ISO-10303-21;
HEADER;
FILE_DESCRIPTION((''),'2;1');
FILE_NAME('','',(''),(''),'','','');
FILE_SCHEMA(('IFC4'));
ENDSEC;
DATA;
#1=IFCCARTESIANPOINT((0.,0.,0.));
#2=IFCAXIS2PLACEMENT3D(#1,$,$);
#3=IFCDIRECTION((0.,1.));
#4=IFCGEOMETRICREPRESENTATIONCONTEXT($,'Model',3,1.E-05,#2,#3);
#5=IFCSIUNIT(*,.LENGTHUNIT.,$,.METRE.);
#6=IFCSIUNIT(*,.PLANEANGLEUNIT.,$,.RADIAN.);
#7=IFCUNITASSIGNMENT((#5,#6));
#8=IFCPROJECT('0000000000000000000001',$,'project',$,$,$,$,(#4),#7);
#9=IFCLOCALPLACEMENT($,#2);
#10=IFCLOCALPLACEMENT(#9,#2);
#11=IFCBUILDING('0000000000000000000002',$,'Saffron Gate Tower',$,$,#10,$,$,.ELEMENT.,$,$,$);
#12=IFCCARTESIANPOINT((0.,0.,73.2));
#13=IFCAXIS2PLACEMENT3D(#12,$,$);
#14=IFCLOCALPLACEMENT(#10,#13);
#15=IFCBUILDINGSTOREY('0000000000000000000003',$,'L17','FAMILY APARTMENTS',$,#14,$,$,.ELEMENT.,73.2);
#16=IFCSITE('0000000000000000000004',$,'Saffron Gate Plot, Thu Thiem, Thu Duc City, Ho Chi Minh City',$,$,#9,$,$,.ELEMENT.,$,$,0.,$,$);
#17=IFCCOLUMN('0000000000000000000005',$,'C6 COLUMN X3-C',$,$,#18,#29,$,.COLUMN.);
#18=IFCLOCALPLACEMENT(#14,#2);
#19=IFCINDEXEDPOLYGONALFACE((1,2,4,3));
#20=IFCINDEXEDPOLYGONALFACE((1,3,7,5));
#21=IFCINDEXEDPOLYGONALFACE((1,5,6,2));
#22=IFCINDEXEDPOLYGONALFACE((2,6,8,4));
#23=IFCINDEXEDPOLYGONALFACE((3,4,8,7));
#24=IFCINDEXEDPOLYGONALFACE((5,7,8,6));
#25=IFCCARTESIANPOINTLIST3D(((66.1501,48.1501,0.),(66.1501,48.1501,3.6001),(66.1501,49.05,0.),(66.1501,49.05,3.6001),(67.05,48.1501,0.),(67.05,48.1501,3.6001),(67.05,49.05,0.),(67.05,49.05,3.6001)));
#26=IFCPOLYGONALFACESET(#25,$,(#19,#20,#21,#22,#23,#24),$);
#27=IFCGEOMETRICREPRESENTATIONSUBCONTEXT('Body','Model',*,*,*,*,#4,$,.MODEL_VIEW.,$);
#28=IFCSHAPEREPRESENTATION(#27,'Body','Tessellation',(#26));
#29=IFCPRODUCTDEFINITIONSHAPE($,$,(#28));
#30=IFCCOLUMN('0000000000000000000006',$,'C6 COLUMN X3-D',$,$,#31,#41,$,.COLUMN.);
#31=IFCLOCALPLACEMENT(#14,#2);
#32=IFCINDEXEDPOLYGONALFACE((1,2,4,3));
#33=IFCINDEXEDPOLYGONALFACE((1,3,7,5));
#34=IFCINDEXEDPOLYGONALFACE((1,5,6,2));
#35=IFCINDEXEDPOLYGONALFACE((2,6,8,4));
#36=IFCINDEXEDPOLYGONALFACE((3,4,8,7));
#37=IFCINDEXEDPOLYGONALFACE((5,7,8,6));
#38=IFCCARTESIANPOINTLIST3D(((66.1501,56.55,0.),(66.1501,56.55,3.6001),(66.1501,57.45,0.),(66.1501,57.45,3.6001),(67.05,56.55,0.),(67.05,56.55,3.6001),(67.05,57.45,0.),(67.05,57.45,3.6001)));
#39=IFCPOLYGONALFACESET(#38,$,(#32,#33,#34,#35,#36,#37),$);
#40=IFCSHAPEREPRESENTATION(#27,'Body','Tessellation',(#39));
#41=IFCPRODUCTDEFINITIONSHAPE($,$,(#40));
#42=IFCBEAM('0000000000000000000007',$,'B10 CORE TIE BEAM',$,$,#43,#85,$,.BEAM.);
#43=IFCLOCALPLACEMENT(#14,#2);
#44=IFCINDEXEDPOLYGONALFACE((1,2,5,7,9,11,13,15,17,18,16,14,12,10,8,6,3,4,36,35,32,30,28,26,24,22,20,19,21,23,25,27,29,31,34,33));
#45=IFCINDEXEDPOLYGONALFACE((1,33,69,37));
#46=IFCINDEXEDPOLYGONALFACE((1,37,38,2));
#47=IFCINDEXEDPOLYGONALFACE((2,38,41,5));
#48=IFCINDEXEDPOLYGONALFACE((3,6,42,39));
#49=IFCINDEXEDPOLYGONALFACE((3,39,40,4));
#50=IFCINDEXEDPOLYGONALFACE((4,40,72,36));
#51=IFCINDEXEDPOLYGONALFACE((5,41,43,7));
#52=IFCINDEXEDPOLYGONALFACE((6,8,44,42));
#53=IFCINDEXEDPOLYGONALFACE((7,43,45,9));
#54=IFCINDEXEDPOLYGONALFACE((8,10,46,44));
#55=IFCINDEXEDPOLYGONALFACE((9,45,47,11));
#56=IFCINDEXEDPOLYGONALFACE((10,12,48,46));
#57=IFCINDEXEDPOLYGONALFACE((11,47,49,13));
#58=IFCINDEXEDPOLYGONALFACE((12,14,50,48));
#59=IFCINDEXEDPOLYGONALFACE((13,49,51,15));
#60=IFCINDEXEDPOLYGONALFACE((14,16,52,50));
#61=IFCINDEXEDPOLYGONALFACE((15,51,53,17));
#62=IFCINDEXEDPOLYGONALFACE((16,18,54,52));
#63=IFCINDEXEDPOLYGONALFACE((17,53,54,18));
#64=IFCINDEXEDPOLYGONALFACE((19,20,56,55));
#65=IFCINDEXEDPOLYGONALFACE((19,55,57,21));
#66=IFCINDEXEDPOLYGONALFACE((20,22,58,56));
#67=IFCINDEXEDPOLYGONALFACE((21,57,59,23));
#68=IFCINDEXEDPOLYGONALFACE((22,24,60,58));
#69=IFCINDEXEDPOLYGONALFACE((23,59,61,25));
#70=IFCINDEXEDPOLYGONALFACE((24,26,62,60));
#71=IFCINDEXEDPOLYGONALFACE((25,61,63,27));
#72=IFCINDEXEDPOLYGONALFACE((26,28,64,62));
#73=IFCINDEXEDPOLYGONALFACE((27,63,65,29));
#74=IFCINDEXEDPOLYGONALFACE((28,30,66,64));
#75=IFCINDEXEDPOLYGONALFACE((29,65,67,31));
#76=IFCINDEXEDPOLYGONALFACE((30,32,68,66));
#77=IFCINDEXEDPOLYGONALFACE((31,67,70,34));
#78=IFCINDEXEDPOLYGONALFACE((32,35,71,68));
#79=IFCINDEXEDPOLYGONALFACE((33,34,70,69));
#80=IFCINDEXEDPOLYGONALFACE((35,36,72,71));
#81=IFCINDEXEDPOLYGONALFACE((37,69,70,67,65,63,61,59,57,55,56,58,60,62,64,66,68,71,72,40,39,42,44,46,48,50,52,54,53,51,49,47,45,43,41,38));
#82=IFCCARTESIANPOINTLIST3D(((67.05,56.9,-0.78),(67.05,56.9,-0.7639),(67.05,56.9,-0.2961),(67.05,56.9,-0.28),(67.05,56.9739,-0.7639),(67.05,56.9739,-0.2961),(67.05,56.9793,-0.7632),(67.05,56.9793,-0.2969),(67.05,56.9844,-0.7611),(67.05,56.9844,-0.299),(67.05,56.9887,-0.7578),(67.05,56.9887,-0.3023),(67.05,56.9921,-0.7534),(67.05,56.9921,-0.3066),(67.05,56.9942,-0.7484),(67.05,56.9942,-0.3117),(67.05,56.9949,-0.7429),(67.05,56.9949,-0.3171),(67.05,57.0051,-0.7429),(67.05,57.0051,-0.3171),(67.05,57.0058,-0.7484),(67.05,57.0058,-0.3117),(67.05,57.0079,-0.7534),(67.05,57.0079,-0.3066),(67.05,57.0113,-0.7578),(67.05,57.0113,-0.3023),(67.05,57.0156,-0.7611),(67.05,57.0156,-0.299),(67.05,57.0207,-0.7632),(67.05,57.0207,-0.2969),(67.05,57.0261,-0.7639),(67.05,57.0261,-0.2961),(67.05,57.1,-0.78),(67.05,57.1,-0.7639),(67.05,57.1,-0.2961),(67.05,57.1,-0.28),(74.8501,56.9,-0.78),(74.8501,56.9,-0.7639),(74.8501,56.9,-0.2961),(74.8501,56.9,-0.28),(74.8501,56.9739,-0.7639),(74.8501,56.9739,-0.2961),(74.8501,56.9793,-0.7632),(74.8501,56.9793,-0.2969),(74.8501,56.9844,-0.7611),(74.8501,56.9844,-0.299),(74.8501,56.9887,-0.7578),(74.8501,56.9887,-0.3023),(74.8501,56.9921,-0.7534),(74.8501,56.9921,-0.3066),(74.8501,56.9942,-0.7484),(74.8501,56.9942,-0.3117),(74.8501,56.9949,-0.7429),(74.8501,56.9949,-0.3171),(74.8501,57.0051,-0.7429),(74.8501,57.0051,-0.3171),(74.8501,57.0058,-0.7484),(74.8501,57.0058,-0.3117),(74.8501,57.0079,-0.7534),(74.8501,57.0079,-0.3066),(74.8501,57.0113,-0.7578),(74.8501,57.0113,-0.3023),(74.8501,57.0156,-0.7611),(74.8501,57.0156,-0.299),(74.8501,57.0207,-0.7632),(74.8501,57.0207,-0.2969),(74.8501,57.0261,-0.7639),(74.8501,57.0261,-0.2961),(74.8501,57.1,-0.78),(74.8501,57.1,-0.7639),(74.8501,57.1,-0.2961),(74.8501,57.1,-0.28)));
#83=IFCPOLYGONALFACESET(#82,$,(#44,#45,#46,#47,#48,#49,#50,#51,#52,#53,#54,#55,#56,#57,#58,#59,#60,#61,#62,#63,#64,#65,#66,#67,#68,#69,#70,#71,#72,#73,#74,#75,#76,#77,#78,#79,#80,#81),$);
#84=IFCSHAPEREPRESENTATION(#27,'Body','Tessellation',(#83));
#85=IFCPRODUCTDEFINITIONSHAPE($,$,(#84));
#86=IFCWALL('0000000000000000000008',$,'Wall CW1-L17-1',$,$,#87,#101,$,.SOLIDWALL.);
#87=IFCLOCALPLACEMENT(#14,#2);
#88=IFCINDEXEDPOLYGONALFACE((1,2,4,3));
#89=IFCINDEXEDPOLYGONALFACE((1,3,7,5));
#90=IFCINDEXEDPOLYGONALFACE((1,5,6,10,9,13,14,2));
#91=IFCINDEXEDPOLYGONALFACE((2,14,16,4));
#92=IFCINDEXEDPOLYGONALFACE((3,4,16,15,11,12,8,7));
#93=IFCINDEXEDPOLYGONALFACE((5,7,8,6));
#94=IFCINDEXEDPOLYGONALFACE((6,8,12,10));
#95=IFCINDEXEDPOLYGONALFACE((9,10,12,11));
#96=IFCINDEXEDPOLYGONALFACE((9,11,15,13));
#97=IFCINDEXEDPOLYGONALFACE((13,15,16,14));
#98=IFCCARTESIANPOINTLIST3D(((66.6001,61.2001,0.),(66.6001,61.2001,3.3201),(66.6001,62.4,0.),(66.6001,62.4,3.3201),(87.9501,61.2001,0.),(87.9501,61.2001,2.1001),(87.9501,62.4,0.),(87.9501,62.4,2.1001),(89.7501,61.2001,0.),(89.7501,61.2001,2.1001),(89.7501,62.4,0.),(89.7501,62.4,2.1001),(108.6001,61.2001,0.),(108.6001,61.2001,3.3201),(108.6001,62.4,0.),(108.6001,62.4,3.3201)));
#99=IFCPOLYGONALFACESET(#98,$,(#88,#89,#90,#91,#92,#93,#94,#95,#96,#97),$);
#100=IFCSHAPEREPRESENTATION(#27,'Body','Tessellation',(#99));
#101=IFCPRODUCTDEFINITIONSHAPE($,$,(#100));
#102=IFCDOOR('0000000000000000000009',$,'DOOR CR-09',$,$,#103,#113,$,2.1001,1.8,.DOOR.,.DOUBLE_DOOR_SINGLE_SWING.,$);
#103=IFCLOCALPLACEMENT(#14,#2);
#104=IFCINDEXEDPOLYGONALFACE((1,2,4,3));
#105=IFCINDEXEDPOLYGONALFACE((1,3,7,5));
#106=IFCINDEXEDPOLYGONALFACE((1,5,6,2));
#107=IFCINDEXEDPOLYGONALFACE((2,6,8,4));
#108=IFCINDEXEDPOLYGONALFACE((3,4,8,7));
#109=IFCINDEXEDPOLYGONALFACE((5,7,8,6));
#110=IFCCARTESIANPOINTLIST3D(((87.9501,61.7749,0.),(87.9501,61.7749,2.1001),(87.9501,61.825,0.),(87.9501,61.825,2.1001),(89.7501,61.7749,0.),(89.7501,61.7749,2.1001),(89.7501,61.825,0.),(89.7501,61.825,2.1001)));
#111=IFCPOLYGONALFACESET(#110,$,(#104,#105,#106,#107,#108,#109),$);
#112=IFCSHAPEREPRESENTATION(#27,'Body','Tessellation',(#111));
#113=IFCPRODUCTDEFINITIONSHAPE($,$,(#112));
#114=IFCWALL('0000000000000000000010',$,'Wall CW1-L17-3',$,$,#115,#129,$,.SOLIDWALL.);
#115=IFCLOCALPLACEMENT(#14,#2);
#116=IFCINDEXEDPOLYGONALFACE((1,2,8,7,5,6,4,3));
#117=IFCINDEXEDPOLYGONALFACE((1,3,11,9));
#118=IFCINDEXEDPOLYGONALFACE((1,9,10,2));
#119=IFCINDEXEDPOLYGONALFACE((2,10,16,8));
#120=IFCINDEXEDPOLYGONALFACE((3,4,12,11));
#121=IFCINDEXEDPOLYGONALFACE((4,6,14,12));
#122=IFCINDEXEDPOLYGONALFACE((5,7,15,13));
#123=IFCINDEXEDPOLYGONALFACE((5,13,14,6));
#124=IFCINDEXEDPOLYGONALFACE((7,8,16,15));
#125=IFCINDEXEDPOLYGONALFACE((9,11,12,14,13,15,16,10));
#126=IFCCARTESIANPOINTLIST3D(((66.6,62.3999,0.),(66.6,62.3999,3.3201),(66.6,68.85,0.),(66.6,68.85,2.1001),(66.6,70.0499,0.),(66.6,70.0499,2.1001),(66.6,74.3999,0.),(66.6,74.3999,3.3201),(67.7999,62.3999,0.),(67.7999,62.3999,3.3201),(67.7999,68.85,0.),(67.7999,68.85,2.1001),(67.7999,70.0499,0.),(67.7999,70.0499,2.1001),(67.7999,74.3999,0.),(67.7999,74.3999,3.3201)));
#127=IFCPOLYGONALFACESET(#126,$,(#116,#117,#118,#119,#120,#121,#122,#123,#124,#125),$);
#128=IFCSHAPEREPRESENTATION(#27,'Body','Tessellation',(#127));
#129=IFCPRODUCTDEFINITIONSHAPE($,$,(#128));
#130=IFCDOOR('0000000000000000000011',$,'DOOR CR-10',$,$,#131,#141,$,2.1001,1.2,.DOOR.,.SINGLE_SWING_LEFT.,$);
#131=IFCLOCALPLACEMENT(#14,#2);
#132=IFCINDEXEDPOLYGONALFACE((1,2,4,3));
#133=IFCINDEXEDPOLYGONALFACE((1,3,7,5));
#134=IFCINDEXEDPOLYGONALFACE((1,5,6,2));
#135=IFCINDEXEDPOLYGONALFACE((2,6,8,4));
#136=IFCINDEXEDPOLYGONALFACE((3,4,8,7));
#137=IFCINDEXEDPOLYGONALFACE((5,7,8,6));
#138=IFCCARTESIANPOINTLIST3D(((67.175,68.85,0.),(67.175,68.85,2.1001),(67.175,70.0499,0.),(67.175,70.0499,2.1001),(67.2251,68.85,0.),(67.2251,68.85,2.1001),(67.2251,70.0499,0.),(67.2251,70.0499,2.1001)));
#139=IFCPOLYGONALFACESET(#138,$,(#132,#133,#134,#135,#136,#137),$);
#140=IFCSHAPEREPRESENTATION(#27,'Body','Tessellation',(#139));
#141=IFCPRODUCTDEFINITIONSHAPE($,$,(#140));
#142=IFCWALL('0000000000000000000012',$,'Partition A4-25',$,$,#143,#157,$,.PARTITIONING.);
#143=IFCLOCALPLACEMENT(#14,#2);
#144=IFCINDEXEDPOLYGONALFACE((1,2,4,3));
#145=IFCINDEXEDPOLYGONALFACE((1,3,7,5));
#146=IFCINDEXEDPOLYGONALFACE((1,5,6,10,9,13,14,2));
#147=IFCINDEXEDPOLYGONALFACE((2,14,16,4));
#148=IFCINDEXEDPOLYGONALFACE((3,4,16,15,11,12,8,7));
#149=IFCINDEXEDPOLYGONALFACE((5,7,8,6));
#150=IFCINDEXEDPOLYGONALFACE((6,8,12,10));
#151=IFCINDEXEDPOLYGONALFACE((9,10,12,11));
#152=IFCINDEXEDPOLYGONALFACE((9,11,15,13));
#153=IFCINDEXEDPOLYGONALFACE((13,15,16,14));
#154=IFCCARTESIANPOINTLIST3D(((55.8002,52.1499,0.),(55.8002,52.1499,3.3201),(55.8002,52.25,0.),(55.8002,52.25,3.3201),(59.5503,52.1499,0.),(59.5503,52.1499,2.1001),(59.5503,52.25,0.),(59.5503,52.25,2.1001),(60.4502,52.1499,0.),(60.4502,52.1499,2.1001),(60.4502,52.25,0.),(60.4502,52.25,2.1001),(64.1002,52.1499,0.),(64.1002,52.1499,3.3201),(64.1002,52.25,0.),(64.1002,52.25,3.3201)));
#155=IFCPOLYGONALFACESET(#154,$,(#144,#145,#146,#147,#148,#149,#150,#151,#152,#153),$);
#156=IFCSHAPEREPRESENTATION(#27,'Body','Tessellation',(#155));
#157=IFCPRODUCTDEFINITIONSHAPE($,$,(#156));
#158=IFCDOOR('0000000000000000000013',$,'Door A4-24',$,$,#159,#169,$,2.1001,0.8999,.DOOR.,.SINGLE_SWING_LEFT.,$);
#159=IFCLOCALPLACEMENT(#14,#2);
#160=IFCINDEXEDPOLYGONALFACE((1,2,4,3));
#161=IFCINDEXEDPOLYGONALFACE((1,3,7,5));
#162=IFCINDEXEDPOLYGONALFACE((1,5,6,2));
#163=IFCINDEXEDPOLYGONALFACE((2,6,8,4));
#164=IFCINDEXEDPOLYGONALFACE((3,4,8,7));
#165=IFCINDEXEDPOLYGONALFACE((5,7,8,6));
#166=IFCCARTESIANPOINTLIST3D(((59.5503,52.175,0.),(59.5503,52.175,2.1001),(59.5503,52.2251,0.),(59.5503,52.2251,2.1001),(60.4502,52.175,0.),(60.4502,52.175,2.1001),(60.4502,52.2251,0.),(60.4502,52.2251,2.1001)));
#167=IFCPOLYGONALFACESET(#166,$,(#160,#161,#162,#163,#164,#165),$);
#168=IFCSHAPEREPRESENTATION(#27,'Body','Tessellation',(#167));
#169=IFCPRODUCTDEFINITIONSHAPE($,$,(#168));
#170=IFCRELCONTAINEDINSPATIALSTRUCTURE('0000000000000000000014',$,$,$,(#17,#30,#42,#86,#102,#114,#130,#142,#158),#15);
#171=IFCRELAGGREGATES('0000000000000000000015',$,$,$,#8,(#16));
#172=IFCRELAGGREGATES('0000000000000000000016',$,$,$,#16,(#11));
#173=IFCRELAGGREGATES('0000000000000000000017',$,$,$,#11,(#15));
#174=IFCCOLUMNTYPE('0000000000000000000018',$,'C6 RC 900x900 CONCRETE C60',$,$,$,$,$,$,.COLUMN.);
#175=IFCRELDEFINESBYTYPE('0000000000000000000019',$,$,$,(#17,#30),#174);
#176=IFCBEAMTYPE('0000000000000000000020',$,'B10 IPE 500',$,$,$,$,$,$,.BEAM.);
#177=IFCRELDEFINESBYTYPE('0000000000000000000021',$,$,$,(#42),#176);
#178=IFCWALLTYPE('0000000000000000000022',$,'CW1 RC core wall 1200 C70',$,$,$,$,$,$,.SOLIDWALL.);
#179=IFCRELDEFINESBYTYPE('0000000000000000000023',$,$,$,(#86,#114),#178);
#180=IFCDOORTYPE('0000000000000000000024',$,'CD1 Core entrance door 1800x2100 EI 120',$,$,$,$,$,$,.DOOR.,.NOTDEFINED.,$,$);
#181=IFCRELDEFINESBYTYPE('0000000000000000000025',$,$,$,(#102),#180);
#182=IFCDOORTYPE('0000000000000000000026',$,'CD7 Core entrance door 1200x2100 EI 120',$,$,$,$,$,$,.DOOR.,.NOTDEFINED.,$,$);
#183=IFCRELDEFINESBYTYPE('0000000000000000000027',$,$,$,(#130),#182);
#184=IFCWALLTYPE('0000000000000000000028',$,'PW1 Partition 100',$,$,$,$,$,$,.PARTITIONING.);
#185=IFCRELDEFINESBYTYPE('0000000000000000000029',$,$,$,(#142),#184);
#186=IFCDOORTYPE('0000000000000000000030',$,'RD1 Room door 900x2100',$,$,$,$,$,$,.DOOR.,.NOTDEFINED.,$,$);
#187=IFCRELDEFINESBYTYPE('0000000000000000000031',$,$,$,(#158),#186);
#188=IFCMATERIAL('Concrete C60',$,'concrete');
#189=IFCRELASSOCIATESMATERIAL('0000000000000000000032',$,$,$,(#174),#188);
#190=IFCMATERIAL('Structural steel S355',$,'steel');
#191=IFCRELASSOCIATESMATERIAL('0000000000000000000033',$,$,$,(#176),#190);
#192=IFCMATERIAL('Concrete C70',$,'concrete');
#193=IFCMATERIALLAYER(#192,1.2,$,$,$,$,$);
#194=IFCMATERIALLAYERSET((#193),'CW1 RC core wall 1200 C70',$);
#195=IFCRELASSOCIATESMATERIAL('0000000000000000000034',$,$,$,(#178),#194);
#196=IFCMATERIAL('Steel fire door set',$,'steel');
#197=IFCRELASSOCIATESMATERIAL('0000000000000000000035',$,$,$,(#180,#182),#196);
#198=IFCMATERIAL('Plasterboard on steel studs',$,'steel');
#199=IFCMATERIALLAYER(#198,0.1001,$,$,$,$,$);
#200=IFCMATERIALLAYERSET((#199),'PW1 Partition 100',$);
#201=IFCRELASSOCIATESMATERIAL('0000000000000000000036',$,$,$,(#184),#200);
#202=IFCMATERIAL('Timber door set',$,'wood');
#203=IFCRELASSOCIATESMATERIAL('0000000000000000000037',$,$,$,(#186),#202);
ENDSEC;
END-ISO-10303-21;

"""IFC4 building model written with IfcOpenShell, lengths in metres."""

from ifc_helpers import new_model, si_unit, direction, frame, frame_2d, origin, origin_2d, place, context, subcontext, project, spatial, rectangle, i_section, extrude, material, layer, layer_set, material_profile, profile_set, type_object, element, fill, save


model = new_model("IFC4")

# Units and contexts
model_context = context("Model", 3, precision=1e-05, world=origin(), true_north=direction((0.0, 1.0)))
body_context = subcontext(model_context, "Body", "Model", "MODEL_VIEW")
ifc_project = project(units=[si_unit("LENGTHUNIT", "METRE"), si_unit("PLANEANGLEUNIT", "RADIAN")], contexts=[model_context])

# Site, building, storey
site_placement = place(None, origin())
site = spatial("IfcSite", under=ifc_project, at=site_placement, Name="Saffron Gate Plot, Thu Thiem, Thu Duc City, Ho Chi Minh City", CompositionType="ELEMENT", RefElevation=0.0)
building_placement = place(site_placement, origin())
building = spatial("IfcBuilding", under=site, at=building_placement, Name="Saffron Gate Tower", CompositionType="ELEMENT")
storey_placement = place(building_placement, frame((0.0, 0.0, 73.2)))
storey = spatial("IfcBuildingStorey", under=building, at=storey_placement, Name="L17", Description="FAMILY APARTMENTS", CompositionType="ELEMENT", Elevation=73.2)

# Columns
ifc_material_1 = material(Name="Concrete C60", Category="concrete")
ifc_material_profile_1 = material_profile(ifc_material_1, rectangle(XDim=0.8999, YDim=0.8999, at=origin_2d()))
ifc_profile_set_1 = profile_set([ifc_material_profile_1], Name="Concrete C60")
column_type = type_object("IfcColumnType", Name="C6 RC 900x900 CONCRETE C60", PredefinedType="COLUMN", material=ifc_profile_set_1)
for number, where, z_axis, x_axis, name in (
    (1, (66.6001, 48.6001, 0.0), (0.0, 0.0, 1.0), (1.0, 0.0, 0.0), "C6 COLUMN X3-C"),
    (2, (66.6001, 57.0, 0.0), (0.0, 0.0, 1.0), (1.0, 0.0, 0.0), "C6 COLUMN X3-D"),
):
    element("IfcColumn", number, at=place(storey_placement, frame(where, z_axis=z_axis, x_axis=x_axis)), inside=storey, type_object=column_type, Name=name, PredefinedType="COLUMN", context=body_context, shape_type="SweptSolid", body=[
        extrude(rectangle(XDim=0.8999, YDim=0.8999, at=origin_2d()), origin(), (0.0, 0.0, 1.0), 3.6001),
    ])

# Beam
ifc_material_2 = material(Name="Structural steel S355", Category="steel")
ifc_material_profile_2 = material_profile(ifc_material_2, i_section(OverallWidth=0.2, OverallDepth=0.5, WebThickness=0.0103, FlangeThickness=0.0161, FilletRadius=0.021, at=origin_2d()))
ifc_profile_set_2 = profile_set([ifc_material_profile_2], Name="Structural steel S355")
beam_type = type_object("IfcBeamType", Name="B10 IPE 500", PredefinedType="BEAM", material=ifc_profile_set_2)
beam_placement = place(storey_placement, frame((67.05, 57.0, -0.53), z_axis=(1.0, 0.0, 0.0), x_axis=(0.0, 1.0, 0.0)))
element("IfcBeam", 3, at=beam_placement, inside=storey, type_object=beam_type, Name="B10 CORE TIE BEAM", PredefinedType="BEAM", context=body_context, shape_type="SweptSolid", body=[
    extrude(i_section(OverallWidth=0.2, OverallDepth=0.5, WebThickness=0.0103, FlangeThickness=0.0161, FilletRadius=0.021, at=origin_2d()), origin(), (0.0, 0.0, 1.0), 7.8),
])

# Walls, openings, doors
ifc_material_3 = material(Name="Concrete C70", Category="concrete")
ifc_layer_1 = layer(ifc_material_3, 1.2)
ifc_layer_set_1 = layer_set([ifc_layer_1], Name="CW1 RC core wall 1200 C70")
wall_type_1 = type_object("IfcWallType", Name="CW1 RC core wall 1200 C70", PredefinedType="SOLIDWALL", material=ifc_layer_set_1)
wall_1_placement = place(storey_placement, frame((66.6001, 61.8, 0.0), z_axis=(0.0, 0.0, 1.0), x_axis=(1.0, 0.0, 0.0)))
wall_1 = element("IfcWall", 4, at=wall_1_placement, inside=storey, type_object=wall_type_1, Name="Wall CW1-L17-1", PredefinedType="SOLIDWALL", context=body_context, shape_type="SweptSolid", body=[
    extrude(rectangle(XDim=42.0, YDim=1.2, at=frame_2d((21.0, 0.0))), origin(), (0.0, 0.0, 1.0), 3.3201),
])
opening_1_placement = place(wall_1_placement, frame((21.3501, 0.0, 0.0)))
opening_1 = element("IfcOpeningElement", 5, at=opening_1_placement, cuts=wall_1, PredefinedType="OPENING", context=body_context, shape_type="SweptSolid", body=[
    extrude(rectangle(XDim=1.8, YDim=2.1001, at=frame_2d((0.8999, 1.05))), frame((0.0, 0.6099, 0.0), z_axis=(0.0, -1.0, 0.0), x_axis=(1.0, 0.0, 0.0)), (0.0, 0.0, 1.0), 1.22),
])
ifc_material_4 = material(Name="Steel fire door set", Category="steel")
door_type_1 = type_object("IfcDoorType", Name="CD1 Core entrance door 1800x2100 EI 120", OperationType="NOTDEFINED", PredefinedType="DOOR", material=ifc_material_4)
door_1_placement = place(opening_1_placement, origin())
door_1 = element("IfcDoor", 6, at=door_1_placement, inside=storey, type_object=door_type_1, Name="DOOR CR-09", OperationType="DOUBLE_DOOR_SINGLE_SWING", OverallHeight=2.1001, OverallWidth=1.8, PredefinedType="DOOR", context=body_context, shape_type="SweptSolid", body=[
    extrude(rectangle(XDim=1.8, YDim=2.1001, at=frame_2d((0.8999, 1.05))), frame((0.0, 0.0249, 0.0), z_axis=(0.0, -1.0, 0.0), x_axis=(1.0, 0.0, 0.0)), (0.0, 0.0, 1.0), 0.05),
])
fill(opening_1, door_1)
wall_2_placement = place(storey_placement, frame((67.2, 62.3999, 0.0), z_axis=(0.0, 0.0, 1.0), x_axis=(0.0, 1.0, 0.0)))
wall_2 = element("IfcWall", 7, at=wall_2_placement, inside=storey, type_object=wall_type_1, Name="Wall CW1-L17-3", PredefinedType="SOLIDWALL", context=body_context, shape_type="SweptSolid", body=[
    extrude(rectangle(XDim=12.0, YDim=1.2, at=frame_2d((6.0, 0.0))), origin(), (0.0, 0.0, 1.0), 3.3201),
])
opening_2_placement = place(wall_2_placement, frame((6.45, 0.0, 0.0)))
opening_2 = element("IfcOpeningElement", 8, at=opening_2_placement, cuts=wall_2, PredefinedType="OPENING", context=body_context, shape_type="SweptSolid", body=[
    extrude(rectangle(XDim=1.2, YDim=2.1001, at=frame_2d((0.6001, 1.05))), frame((0.0, 0.6099, 0.0), z_axis=(0.0, -1.0, 0.0), x_axis=(1.0, 0.0, 0.0)), (0.0, 0.0, 1.0), 1.22),
])
door_type_2 = type_object("IfcDoorType", Name="CD7 Core entrance door 1200x2100 EI 120", OperationType="NOTDEFINED", PredefinedType="DOOR", material=ifc_material_4)
door_2_placement = place(opening_2_placement, origin())
door_2 = element("IfcDoor", 9, at=door_2_placement, inside=storey, type_object=door_type_2, Name="DOOR CR-10", OperationType="SINGLE_SWING_LEFT", OverallHeight=2.1001, OverallWidth=1.2, PredefinedType="DOOR", context=body_context, shape_type="SweptSolid", body=[
    extrude(rectangle(XDim=1.2, YDim=2.1001, at=frame_2d((0.6001, 1.05))), frame((0.0, 0.0249, 0.0), z_axis=(0.0, -1.0, 0.0), x_axis=(1.0, 0.0, 0.0)), (0.0, 0.0, 1.0), 0.05),
])
fill(opening_2, door_2)
ifc_material_5 = material(Name="Plasterboard on steel studs", Category="steel")
ifc_layer_2 = layer(ifc_material_5, 0.1001)
ifc_layer_set_2 = layer_set([ifc_layer_2], Name="PW1 Partition 100")
wall_type_2 = type_object("IfcWallType", Name="PW1 Partition 100", PredefinedType="PARTITIONING", material=ifc_layer_set_2)
wall_3_placement = place(storey_placement, frame((64.1001, 52.2, 0.0), z_axis=(0.0, 0.0, 1.0), x_axis=(-1.0, 0.0, 0.0)))
wall_3 = element("IfcWall", 10, at=wall_3_placement, inside=storey, type_object=wall_type_2, Name="Partition A4-25", PredefinedType="PARTITIONING", context=body_context, shape_type="SweptSolid", body=[
    extrude(rectangle(XDim=8.3, YDim=0.1001, at=frame_2d((4.1499, 0.0))), origin(), (0.0, 0.0, 1.0), 3.3201),
])
opening_3_placement = place(wall_3_placement, frame((3.6499, 0.0, 0.0)))
opening_3 = element("IfcOpeningElement", 11, at=opening_3_placement, cuts=wall_3, PredefinedType="OPENING", context=body_context, shape_type="SweptSolid", body=[
    extrude(rectangle(XDim=0.8999, YDim=2.1001, at=frame_2d((0.45, 1.05))), frame((0.0, 0.0601, 0.0), z_axis=(0.0, -1.0, 0.0), x_axis=(1.0, 0.0, 0.0)), (0.0, 0.0, 1.0), 0.1201),
])
ifc_material_6 = material(Name="Timber door set", Category="wood")
door_type_3 = type_object("IfcDoorType", Name="RD1 Room door 900x2100", OperationType="NOTDEFINED", PredefinedType="DOOR", material=ifc_material_6)
door_3_placement = place(opening_3_placement, origin())
door_3 = element("IfcDoor", 12, at=door_3_placement, inside=storey, type_object=door_type_3, Name="Door A4-24", OperationType="SINGLE_SWING_LEFT", OverallHeight=2.1001, OverallWidth=0.8999, PredefinedType="DOOR", context=body_context, shape_type="SweptSolid", body=[
    extrude(rectangle(XDim=0.8999, YDim=2.1001, at=frame_2d((0.45, 1.05))), frame((0.0, 0.0249, 0.0), z_axis=(0.0, -1.0, 0.0), x_axis=(1.0, 0.0, 0.0)), (0.0, 0.0, 1.0), 0.05),
])
fill(opening_3, door_3)

save(model, "model.ifc")
